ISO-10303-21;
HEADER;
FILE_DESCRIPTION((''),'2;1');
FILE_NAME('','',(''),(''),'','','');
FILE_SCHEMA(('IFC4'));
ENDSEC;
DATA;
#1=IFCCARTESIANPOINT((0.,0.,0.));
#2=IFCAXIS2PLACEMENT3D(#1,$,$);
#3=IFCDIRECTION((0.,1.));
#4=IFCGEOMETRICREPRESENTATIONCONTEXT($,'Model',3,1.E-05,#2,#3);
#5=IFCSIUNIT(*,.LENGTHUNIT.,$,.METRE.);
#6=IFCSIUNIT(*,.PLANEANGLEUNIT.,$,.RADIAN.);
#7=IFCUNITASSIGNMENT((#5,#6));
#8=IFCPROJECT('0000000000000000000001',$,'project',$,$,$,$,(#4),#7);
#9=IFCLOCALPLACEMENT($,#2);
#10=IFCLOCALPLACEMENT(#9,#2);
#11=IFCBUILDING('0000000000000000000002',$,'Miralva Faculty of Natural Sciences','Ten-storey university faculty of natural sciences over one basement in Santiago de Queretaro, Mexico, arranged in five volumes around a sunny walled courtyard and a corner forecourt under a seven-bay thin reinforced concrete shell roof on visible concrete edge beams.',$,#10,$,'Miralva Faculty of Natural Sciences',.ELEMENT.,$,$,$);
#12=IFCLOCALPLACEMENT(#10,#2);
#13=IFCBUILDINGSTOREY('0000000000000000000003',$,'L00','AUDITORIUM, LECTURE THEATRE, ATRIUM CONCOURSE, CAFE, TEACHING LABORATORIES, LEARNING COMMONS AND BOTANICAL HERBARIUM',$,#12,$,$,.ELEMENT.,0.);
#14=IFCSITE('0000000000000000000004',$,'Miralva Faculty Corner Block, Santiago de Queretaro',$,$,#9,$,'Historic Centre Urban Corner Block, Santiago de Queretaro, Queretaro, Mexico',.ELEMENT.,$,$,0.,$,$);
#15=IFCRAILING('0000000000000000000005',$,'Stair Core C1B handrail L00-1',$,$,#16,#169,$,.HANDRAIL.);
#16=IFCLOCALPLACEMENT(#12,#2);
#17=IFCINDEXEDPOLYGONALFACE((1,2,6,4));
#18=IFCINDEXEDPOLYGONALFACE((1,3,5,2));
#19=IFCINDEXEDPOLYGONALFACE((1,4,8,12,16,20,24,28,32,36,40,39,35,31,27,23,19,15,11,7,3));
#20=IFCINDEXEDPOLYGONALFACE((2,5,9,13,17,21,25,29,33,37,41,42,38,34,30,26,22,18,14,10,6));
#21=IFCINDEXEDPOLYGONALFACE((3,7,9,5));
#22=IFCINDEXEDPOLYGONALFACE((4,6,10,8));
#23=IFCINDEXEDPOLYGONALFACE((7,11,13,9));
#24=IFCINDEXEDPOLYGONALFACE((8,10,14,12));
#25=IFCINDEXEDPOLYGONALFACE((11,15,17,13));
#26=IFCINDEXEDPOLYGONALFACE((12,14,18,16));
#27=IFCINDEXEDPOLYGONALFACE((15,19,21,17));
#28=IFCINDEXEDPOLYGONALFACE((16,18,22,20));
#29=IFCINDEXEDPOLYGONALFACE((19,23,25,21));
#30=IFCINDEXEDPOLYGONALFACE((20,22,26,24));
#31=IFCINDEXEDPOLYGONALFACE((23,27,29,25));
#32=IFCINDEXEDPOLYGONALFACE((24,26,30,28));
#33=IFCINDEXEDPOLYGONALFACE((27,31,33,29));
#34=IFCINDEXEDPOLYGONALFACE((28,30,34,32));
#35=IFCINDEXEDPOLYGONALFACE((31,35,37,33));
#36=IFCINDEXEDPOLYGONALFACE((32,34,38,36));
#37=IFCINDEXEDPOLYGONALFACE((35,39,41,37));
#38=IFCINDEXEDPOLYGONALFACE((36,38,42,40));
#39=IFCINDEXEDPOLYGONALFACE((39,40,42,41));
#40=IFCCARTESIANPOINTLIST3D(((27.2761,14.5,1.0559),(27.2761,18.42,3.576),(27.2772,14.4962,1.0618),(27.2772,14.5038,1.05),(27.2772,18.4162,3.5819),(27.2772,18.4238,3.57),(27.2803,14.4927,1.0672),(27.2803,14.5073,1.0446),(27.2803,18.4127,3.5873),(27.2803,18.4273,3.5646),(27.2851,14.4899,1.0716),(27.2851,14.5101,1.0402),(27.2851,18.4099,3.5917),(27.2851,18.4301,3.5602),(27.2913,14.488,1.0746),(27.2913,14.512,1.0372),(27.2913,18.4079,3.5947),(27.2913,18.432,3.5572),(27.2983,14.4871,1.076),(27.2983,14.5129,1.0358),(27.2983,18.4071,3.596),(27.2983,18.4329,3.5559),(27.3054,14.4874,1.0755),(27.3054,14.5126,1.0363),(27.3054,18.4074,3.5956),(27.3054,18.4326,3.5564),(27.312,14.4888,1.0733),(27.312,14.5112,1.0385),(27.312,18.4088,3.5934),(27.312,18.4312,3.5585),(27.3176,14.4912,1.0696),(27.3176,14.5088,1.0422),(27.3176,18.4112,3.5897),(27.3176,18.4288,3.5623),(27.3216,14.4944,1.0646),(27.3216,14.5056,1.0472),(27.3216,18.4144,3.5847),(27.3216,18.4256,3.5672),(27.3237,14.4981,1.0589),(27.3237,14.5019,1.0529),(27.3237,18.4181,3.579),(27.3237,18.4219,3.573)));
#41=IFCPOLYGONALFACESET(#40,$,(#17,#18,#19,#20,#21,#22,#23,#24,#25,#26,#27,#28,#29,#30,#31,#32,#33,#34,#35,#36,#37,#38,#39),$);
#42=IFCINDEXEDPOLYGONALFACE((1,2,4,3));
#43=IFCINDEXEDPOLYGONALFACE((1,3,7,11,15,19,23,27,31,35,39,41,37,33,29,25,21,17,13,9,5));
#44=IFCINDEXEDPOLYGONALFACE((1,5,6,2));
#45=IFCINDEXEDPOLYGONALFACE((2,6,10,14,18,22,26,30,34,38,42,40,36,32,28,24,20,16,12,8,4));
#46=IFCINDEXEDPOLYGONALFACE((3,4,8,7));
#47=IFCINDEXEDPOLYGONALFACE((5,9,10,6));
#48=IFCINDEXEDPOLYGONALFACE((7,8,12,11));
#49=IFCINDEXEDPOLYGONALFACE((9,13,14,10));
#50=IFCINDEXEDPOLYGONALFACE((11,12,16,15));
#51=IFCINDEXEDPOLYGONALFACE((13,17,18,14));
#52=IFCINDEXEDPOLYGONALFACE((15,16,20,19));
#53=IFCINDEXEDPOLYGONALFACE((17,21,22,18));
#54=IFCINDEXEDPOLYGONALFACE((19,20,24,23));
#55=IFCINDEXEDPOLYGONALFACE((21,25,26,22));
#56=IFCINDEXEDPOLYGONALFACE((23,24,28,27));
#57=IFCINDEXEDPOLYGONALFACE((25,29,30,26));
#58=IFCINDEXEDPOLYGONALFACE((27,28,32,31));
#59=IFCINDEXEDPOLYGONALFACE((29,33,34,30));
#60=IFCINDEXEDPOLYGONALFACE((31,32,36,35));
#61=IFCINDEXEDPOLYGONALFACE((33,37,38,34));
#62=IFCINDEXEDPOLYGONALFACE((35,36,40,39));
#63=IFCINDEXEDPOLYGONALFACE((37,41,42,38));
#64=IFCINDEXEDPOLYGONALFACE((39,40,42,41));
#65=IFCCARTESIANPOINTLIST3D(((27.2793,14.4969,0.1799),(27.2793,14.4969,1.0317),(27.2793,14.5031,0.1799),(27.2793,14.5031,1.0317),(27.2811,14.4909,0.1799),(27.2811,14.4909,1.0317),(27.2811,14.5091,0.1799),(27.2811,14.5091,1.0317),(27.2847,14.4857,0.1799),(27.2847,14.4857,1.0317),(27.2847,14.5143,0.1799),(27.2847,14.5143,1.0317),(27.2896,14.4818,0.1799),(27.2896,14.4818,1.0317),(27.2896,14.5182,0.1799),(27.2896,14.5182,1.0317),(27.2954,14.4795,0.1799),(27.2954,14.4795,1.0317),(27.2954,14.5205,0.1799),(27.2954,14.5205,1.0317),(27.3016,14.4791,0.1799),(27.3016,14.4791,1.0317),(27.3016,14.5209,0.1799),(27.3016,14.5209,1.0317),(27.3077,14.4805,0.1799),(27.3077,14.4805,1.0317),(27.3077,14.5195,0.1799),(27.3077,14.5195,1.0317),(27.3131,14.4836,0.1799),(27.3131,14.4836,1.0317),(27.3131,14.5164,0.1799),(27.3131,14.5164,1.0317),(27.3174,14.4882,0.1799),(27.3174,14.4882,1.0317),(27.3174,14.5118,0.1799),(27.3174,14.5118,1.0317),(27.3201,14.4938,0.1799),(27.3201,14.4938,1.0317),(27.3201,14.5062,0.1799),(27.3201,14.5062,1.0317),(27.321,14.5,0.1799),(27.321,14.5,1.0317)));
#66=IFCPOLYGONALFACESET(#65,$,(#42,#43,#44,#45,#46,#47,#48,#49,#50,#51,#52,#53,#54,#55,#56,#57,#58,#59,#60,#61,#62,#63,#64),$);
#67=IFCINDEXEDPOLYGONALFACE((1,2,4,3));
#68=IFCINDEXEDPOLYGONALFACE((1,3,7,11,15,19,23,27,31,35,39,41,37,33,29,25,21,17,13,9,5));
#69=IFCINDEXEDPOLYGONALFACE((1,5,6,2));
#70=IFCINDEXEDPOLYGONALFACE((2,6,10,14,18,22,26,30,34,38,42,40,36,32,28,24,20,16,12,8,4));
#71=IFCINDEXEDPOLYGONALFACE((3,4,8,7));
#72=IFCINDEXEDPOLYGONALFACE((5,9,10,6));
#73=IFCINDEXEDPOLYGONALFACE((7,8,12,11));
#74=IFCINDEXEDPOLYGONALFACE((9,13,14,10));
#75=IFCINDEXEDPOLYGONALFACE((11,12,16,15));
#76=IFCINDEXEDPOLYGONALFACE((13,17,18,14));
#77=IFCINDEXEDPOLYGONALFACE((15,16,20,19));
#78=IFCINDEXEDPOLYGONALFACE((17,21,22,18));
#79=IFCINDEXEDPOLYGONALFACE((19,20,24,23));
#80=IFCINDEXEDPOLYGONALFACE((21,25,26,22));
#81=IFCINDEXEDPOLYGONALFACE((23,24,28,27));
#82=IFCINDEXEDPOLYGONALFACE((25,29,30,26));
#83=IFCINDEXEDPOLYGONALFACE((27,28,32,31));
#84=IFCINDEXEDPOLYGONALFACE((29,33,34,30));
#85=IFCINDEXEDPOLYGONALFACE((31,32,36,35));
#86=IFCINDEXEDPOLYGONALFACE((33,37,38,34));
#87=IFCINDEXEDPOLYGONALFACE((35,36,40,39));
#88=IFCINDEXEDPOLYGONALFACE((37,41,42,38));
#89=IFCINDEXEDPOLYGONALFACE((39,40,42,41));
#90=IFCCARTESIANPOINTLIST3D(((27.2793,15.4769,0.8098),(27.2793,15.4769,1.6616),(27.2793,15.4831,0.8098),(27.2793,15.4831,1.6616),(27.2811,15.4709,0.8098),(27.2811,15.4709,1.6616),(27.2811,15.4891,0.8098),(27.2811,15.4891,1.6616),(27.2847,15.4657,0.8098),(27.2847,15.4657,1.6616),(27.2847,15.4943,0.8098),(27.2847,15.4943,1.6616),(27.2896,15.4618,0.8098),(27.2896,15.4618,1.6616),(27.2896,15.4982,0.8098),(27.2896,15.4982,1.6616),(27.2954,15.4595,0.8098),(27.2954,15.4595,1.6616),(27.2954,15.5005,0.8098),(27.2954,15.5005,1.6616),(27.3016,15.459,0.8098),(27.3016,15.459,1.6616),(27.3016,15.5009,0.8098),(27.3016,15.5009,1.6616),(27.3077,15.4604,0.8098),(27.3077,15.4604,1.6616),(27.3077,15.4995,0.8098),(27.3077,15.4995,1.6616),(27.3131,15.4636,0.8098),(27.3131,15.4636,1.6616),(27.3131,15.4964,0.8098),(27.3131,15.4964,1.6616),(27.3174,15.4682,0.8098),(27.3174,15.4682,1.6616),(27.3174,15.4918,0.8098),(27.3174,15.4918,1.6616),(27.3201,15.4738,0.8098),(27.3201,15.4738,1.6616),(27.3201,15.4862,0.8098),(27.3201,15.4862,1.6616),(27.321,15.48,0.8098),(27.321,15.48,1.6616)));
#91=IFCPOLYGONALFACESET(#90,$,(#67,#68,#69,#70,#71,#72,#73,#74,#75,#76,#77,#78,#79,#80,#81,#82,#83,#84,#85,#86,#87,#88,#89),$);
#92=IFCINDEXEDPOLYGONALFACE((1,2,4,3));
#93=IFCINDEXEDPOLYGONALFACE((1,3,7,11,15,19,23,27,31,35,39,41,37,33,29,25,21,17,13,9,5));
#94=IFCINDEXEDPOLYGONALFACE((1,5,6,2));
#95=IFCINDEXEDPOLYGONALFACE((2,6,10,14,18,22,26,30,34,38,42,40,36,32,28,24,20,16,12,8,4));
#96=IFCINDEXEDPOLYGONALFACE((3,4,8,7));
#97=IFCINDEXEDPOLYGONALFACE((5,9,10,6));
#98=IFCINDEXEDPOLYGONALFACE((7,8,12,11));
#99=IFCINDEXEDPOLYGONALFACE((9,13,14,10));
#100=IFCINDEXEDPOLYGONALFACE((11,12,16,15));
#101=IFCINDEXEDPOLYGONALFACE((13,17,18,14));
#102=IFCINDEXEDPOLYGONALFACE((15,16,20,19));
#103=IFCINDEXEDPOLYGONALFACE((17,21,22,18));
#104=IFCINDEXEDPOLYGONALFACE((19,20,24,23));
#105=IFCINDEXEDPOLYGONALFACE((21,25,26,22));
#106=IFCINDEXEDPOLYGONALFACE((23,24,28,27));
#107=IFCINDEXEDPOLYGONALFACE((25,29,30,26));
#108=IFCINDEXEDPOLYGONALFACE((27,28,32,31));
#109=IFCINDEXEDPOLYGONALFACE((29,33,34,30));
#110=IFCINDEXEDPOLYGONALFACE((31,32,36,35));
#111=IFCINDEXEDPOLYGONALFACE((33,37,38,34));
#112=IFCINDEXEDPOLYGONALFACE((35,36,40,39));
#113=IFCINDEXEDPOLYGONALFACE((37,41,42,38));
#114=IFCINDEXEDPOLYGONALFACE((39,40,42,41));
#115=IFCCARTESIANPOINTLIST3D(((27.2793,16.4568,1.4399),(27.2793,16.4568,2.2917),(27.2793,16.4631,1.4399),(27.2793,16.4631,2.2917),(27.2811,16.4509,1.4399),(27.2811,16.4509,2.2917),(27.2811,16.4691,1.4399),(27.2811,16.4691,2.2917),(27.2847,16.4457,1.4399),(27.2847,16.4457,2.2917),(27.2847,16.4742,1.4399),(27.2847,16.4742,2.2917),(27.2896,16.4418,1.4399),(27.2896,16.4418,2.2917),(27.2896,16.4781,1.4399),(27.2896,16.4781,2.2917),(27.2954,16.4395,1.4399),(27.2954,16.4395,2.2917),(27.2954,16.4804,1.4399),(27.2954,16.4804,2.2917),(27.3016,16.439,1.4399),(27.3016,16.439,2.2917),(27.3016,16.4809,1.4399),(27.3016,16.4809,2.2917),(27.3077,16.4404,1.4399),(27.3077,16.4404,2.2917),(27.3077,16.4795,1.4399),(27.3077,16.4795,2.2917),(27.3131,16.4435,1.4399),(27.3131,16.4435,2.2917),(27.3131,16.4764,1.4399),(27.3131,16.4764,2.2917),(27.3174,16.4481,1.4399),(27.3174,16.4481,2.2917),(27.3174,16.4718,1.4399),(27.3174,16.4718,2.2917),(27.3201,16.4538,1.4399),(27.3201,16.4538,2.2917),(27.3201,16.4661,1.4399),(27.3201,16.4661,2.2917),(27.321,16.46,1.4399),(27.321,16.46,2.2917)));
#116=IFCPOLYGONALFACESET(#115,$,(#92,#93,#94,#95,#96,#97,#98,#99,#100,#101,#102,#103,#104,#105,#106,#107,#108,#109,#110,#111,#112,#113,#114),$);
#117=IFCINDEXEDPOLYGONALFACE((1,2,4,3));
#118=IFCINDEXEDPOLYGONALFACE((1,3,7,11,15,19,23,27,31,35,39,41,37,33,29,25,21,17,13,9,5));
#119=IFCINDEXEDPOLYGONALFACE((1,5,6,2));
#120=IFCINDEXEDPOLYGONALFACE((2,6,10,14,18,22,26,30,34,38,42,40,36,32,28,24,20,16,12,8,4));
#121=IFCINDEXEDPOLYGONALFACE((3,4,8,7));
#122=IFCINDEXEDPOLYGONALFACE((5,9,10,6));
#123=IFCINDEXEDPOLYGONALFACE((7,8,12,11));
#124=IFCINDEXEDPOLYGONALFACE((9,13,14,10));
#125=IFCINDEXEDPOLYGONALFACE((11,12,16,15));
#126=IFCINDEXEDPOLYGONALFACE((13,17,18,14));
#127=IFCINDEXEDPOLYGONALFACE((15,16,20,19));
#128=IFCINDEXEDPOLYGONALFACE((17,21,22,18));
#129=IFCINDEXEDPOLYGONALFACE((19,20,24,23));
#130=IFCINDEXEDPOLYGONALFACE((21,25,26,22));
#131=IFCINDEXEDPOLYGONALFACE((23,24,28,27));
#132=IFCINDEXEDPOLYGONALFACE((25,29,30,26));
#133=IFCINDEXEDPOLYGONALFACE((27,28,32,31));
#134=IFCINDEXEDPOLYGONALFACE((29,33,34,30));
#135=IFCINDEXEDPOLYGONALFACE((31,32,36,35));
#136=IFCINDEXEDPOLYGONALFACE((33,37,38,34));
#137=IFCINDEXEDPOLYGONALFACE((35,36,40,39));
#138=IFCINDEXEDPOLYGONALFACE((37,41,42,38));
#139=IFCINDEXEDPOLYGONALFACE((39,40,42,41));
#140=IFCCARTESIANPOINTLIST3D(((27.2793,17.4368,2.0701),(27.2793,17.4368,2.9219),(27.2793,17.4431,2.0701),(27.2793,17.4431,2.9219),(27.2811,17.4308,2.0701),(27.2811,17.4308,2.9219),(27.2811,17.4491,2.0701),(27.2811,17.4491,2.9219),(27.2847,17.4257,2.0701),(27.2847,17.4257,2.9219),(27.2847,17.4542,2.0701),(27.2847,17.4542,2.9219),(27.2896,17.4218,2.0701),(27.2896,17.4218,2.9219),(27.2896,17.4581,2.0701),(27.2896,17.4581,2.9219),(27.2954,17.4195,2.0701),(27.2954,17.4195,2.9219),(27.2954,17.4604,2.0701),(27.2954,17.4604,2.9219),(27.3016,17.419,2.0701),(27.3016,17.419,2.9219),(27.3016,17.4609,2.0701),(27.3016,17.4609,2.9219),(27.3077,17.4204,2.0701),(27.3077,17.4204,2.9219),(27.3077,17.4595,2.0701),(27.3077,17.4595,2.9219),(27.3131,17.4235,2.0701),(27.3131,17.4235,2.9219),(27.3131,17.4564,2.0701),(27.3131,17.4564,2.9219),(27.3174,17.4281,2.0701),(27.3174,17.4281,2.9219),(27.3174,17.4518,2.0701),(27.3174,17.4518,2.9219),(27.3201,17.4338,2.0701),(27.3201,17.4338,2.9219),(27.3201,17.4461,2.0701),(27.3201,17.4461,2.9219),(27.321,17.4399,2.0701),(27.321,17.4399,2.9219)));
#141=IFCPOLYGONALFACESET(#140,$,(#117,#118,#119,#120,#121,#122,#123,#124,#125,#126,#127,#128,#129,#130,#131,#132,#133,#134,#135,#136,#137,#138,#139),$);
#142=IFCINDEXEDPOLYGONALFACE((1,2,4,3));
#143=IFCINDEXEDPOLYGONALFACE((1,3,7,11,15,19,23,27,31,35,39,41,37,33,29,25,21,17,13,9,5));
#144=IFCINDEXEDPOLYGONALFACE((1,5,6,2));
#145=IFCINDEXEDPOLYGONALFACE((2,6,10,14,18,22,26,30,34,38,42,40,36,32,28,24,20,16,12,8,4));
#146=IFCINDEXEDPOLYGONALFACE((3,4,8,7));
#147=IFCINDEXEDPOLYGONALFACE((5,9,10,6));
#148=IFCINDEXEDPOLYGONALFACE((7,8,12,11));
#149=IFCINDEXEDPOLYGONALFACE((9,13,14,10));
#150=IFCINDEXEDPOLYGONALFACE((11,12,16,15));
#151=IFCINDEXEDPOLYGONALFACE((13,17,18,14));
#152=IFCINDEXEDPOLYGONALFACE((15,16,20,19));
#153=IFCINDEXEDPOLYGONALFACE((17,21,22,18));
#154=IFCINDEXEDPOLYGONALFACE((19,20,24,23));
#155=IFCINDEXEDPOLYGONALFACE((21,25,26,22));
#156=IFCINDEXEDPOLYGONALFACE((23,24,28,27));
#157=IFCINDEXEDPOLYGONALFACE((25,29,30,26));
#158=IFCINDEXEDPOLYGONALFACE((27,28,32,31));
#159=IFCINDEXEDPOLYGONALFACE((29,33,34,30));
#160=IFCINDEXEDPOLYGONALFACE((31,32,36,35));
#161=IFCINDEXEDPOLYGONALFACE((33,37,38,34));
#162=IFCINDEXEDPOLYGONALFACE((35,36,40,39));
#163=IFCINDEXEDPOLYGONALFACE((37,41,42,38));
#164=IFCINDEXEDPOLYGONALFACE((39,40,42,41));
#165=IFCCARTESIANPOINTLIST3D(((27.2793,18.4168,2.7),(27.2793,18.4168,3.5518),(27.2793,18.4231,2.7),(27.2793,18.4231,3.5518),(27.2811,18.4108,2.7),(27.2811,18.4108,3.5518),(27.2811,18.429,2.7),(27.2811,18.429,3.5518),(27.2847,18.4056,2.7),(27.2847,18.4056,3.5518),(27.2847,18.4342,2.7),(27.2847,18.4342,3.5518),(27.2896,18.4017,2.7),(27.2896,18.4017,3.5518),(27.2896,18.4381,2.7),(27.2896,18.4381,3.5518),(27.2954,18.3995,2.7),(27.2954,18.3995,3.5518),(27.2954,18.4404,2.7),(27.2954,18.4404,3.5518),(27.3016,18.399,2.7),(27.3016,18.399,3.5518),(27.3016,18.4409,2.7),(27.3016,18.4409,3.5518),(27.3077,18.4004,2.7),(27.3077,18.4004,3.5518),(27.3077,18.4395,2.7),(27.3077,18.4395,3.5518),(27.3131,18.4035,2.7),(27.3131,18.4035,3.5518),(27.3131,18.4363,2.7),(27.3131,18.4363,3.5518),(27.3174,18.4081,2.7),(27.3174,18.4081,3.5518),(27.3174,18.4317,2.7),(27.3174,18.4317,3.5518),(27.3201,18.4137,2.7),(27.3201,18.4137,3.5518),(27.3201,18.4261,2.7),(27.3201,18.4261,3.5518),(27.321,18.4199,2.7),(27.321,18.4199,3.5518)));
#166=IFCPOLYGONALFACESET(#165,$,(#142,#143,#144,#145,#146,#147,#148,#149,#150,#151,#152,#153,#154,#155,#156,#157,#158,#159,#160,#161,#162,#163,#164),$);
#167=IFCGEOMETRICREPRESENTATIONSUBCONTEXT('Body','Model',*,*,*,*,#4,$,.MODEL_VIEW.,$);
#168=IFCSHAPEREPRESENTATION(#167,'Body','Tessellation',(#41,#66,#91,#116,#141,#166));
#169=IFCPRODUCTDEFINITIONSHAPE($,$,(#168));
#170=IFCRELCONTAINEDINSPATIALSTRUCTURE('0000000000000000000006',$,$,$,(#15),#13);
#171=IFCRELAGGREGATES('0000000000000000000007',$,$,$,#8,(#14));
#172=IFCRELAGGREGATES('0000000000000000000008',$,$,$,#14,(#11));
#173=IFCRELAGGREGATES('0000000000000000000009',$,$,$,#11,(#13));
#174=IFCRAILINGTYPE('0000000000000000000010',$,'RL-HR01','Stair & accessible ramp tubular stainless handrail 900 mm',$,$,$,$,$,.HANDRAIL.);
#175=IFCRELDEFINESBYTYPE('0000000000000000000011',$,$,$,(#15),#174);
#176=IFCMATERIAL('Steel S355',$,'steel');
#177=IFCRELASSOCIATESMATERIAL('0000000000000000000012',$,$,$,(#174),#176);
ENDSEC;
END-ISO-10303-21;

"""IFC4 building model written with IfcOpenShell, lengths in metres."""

from ifc_helpers import new_model, si_unit, direction, frame, origin, origin_2d, place, context, subcontext, project, spatial, circle, extrude, material, type_object, element, save


model = new_model("IFC4")

# Units and contexts
model_context = context("Model", 3, precision=1e-05, world=origin(), true_north=direction((0.0, 1.0)))
body_context = subcontext(model_context, "Body", "Model", "MODEL_VIEW")
ifc_project = project(units=[si_unit("LENGTHUNIT", "METRE"), si_unit("PLANEANGLEUNIT", "RADIAN")], contexts=[model_context])

# Site, building, storey
site_placement = place(None, origin())
site = spatial("IfcSite", under=ifc_project, at=site_placement, Name="Miralva Faculty Corner Block, Santiago de Queretaro", LongName="Historic Centre Urban Corner Block, Santiago de Queretaro, Queretaro, Mexico", CompositionType="ELEMENT", RefElevation=0.0)
building_placement = place(site_placement, origin())
building = spatial("IfcBuilding", under=site, at=building_placement, Name="Miralva Faculty of Natural Sciences", Description="Ten-storey university faculty of natural sciences over one basement in Santiago de Queretaro, Mexico, arranged in five volumes around a sunny walled courtyard and a corner forecourt under a seven-bay thin reinforced concrete shell roof on visible concrete edge beams.", LongName="Miralva Faculty of Natural Sciences", CompositionType="ELEMENT")
storey_placement = place(building_placement, origin())
storey = spatial("IfcBuildingStorey", under=building, at=storey_placement, Name="L00", Description="AUDITORIUM, LECTURE THEATRE, ATRIUM CONCOURSE, CAFE, TEACHING LABORATORIES, LEARNING COMMONS AND BOTANICAL HERBARIUM", CompositionType="ELEMENT", Elevation=0.0)

# Railing
ifc_material_1 = material(Name="Steel S355", Category="steel")
railing_type_1 = type_object("IfcRailingType", Name="RL-HR01", Description="Stair & accessible ramp tubular stainless handrail 900 mm", PredefinedType="HANDRAIL", material=ifc_material_1)
railing_1_placement = place(storey_placement, frame((27.3, 14.5, 0.1799)))
element("IfcRailing", 1, at=railing_1_placement, inside=storey, type_object=railing_type_1, Name="Stair Core C1B handrail L00-1", PredefinedType="HANDRAIL", context=body_context, shape_type="SweptSolid", body=[
    extrude(circle(Radius=0.0239, at=origin_2d()), frame((0.0, 0.0, 0.876), z_axis=(0.0, 0.841172, 0.540768), x_axis=(-1.0, 0.0, 0.0)), (0.0, 0.0, 1.0), 4.6602),
    extrude(circle(Radius=0.021, at=origin_2d()), origin(), (0.0, 0.0, 1.0), 0.8518),
    extrude(circle(Radius=0.021, at=origin_2d()), frame((0.0, 0.98, 0.6299)), (0.0, 0.0, 1.0), 0.8518),
    extrude(circle(Radius=0.021, at=origin_2d()), frame((0.0, 1.96, 1.26)), (0.0, 0.0, 1.0), 0.8518),
    extrude(circle(Radius=0.021, at=origin_2d()), frame((0.0, 2.9399, 1.8901)), (0.0, 0.0, 1.0), 0.8518),
    extrude(circle(Radius=0.021, at=origin_2d()), frame((0.0, 3.9199, 2.52)), (0.0, 0.0, 1.0), 0.8518),
])

save(model, "model.ifc")
